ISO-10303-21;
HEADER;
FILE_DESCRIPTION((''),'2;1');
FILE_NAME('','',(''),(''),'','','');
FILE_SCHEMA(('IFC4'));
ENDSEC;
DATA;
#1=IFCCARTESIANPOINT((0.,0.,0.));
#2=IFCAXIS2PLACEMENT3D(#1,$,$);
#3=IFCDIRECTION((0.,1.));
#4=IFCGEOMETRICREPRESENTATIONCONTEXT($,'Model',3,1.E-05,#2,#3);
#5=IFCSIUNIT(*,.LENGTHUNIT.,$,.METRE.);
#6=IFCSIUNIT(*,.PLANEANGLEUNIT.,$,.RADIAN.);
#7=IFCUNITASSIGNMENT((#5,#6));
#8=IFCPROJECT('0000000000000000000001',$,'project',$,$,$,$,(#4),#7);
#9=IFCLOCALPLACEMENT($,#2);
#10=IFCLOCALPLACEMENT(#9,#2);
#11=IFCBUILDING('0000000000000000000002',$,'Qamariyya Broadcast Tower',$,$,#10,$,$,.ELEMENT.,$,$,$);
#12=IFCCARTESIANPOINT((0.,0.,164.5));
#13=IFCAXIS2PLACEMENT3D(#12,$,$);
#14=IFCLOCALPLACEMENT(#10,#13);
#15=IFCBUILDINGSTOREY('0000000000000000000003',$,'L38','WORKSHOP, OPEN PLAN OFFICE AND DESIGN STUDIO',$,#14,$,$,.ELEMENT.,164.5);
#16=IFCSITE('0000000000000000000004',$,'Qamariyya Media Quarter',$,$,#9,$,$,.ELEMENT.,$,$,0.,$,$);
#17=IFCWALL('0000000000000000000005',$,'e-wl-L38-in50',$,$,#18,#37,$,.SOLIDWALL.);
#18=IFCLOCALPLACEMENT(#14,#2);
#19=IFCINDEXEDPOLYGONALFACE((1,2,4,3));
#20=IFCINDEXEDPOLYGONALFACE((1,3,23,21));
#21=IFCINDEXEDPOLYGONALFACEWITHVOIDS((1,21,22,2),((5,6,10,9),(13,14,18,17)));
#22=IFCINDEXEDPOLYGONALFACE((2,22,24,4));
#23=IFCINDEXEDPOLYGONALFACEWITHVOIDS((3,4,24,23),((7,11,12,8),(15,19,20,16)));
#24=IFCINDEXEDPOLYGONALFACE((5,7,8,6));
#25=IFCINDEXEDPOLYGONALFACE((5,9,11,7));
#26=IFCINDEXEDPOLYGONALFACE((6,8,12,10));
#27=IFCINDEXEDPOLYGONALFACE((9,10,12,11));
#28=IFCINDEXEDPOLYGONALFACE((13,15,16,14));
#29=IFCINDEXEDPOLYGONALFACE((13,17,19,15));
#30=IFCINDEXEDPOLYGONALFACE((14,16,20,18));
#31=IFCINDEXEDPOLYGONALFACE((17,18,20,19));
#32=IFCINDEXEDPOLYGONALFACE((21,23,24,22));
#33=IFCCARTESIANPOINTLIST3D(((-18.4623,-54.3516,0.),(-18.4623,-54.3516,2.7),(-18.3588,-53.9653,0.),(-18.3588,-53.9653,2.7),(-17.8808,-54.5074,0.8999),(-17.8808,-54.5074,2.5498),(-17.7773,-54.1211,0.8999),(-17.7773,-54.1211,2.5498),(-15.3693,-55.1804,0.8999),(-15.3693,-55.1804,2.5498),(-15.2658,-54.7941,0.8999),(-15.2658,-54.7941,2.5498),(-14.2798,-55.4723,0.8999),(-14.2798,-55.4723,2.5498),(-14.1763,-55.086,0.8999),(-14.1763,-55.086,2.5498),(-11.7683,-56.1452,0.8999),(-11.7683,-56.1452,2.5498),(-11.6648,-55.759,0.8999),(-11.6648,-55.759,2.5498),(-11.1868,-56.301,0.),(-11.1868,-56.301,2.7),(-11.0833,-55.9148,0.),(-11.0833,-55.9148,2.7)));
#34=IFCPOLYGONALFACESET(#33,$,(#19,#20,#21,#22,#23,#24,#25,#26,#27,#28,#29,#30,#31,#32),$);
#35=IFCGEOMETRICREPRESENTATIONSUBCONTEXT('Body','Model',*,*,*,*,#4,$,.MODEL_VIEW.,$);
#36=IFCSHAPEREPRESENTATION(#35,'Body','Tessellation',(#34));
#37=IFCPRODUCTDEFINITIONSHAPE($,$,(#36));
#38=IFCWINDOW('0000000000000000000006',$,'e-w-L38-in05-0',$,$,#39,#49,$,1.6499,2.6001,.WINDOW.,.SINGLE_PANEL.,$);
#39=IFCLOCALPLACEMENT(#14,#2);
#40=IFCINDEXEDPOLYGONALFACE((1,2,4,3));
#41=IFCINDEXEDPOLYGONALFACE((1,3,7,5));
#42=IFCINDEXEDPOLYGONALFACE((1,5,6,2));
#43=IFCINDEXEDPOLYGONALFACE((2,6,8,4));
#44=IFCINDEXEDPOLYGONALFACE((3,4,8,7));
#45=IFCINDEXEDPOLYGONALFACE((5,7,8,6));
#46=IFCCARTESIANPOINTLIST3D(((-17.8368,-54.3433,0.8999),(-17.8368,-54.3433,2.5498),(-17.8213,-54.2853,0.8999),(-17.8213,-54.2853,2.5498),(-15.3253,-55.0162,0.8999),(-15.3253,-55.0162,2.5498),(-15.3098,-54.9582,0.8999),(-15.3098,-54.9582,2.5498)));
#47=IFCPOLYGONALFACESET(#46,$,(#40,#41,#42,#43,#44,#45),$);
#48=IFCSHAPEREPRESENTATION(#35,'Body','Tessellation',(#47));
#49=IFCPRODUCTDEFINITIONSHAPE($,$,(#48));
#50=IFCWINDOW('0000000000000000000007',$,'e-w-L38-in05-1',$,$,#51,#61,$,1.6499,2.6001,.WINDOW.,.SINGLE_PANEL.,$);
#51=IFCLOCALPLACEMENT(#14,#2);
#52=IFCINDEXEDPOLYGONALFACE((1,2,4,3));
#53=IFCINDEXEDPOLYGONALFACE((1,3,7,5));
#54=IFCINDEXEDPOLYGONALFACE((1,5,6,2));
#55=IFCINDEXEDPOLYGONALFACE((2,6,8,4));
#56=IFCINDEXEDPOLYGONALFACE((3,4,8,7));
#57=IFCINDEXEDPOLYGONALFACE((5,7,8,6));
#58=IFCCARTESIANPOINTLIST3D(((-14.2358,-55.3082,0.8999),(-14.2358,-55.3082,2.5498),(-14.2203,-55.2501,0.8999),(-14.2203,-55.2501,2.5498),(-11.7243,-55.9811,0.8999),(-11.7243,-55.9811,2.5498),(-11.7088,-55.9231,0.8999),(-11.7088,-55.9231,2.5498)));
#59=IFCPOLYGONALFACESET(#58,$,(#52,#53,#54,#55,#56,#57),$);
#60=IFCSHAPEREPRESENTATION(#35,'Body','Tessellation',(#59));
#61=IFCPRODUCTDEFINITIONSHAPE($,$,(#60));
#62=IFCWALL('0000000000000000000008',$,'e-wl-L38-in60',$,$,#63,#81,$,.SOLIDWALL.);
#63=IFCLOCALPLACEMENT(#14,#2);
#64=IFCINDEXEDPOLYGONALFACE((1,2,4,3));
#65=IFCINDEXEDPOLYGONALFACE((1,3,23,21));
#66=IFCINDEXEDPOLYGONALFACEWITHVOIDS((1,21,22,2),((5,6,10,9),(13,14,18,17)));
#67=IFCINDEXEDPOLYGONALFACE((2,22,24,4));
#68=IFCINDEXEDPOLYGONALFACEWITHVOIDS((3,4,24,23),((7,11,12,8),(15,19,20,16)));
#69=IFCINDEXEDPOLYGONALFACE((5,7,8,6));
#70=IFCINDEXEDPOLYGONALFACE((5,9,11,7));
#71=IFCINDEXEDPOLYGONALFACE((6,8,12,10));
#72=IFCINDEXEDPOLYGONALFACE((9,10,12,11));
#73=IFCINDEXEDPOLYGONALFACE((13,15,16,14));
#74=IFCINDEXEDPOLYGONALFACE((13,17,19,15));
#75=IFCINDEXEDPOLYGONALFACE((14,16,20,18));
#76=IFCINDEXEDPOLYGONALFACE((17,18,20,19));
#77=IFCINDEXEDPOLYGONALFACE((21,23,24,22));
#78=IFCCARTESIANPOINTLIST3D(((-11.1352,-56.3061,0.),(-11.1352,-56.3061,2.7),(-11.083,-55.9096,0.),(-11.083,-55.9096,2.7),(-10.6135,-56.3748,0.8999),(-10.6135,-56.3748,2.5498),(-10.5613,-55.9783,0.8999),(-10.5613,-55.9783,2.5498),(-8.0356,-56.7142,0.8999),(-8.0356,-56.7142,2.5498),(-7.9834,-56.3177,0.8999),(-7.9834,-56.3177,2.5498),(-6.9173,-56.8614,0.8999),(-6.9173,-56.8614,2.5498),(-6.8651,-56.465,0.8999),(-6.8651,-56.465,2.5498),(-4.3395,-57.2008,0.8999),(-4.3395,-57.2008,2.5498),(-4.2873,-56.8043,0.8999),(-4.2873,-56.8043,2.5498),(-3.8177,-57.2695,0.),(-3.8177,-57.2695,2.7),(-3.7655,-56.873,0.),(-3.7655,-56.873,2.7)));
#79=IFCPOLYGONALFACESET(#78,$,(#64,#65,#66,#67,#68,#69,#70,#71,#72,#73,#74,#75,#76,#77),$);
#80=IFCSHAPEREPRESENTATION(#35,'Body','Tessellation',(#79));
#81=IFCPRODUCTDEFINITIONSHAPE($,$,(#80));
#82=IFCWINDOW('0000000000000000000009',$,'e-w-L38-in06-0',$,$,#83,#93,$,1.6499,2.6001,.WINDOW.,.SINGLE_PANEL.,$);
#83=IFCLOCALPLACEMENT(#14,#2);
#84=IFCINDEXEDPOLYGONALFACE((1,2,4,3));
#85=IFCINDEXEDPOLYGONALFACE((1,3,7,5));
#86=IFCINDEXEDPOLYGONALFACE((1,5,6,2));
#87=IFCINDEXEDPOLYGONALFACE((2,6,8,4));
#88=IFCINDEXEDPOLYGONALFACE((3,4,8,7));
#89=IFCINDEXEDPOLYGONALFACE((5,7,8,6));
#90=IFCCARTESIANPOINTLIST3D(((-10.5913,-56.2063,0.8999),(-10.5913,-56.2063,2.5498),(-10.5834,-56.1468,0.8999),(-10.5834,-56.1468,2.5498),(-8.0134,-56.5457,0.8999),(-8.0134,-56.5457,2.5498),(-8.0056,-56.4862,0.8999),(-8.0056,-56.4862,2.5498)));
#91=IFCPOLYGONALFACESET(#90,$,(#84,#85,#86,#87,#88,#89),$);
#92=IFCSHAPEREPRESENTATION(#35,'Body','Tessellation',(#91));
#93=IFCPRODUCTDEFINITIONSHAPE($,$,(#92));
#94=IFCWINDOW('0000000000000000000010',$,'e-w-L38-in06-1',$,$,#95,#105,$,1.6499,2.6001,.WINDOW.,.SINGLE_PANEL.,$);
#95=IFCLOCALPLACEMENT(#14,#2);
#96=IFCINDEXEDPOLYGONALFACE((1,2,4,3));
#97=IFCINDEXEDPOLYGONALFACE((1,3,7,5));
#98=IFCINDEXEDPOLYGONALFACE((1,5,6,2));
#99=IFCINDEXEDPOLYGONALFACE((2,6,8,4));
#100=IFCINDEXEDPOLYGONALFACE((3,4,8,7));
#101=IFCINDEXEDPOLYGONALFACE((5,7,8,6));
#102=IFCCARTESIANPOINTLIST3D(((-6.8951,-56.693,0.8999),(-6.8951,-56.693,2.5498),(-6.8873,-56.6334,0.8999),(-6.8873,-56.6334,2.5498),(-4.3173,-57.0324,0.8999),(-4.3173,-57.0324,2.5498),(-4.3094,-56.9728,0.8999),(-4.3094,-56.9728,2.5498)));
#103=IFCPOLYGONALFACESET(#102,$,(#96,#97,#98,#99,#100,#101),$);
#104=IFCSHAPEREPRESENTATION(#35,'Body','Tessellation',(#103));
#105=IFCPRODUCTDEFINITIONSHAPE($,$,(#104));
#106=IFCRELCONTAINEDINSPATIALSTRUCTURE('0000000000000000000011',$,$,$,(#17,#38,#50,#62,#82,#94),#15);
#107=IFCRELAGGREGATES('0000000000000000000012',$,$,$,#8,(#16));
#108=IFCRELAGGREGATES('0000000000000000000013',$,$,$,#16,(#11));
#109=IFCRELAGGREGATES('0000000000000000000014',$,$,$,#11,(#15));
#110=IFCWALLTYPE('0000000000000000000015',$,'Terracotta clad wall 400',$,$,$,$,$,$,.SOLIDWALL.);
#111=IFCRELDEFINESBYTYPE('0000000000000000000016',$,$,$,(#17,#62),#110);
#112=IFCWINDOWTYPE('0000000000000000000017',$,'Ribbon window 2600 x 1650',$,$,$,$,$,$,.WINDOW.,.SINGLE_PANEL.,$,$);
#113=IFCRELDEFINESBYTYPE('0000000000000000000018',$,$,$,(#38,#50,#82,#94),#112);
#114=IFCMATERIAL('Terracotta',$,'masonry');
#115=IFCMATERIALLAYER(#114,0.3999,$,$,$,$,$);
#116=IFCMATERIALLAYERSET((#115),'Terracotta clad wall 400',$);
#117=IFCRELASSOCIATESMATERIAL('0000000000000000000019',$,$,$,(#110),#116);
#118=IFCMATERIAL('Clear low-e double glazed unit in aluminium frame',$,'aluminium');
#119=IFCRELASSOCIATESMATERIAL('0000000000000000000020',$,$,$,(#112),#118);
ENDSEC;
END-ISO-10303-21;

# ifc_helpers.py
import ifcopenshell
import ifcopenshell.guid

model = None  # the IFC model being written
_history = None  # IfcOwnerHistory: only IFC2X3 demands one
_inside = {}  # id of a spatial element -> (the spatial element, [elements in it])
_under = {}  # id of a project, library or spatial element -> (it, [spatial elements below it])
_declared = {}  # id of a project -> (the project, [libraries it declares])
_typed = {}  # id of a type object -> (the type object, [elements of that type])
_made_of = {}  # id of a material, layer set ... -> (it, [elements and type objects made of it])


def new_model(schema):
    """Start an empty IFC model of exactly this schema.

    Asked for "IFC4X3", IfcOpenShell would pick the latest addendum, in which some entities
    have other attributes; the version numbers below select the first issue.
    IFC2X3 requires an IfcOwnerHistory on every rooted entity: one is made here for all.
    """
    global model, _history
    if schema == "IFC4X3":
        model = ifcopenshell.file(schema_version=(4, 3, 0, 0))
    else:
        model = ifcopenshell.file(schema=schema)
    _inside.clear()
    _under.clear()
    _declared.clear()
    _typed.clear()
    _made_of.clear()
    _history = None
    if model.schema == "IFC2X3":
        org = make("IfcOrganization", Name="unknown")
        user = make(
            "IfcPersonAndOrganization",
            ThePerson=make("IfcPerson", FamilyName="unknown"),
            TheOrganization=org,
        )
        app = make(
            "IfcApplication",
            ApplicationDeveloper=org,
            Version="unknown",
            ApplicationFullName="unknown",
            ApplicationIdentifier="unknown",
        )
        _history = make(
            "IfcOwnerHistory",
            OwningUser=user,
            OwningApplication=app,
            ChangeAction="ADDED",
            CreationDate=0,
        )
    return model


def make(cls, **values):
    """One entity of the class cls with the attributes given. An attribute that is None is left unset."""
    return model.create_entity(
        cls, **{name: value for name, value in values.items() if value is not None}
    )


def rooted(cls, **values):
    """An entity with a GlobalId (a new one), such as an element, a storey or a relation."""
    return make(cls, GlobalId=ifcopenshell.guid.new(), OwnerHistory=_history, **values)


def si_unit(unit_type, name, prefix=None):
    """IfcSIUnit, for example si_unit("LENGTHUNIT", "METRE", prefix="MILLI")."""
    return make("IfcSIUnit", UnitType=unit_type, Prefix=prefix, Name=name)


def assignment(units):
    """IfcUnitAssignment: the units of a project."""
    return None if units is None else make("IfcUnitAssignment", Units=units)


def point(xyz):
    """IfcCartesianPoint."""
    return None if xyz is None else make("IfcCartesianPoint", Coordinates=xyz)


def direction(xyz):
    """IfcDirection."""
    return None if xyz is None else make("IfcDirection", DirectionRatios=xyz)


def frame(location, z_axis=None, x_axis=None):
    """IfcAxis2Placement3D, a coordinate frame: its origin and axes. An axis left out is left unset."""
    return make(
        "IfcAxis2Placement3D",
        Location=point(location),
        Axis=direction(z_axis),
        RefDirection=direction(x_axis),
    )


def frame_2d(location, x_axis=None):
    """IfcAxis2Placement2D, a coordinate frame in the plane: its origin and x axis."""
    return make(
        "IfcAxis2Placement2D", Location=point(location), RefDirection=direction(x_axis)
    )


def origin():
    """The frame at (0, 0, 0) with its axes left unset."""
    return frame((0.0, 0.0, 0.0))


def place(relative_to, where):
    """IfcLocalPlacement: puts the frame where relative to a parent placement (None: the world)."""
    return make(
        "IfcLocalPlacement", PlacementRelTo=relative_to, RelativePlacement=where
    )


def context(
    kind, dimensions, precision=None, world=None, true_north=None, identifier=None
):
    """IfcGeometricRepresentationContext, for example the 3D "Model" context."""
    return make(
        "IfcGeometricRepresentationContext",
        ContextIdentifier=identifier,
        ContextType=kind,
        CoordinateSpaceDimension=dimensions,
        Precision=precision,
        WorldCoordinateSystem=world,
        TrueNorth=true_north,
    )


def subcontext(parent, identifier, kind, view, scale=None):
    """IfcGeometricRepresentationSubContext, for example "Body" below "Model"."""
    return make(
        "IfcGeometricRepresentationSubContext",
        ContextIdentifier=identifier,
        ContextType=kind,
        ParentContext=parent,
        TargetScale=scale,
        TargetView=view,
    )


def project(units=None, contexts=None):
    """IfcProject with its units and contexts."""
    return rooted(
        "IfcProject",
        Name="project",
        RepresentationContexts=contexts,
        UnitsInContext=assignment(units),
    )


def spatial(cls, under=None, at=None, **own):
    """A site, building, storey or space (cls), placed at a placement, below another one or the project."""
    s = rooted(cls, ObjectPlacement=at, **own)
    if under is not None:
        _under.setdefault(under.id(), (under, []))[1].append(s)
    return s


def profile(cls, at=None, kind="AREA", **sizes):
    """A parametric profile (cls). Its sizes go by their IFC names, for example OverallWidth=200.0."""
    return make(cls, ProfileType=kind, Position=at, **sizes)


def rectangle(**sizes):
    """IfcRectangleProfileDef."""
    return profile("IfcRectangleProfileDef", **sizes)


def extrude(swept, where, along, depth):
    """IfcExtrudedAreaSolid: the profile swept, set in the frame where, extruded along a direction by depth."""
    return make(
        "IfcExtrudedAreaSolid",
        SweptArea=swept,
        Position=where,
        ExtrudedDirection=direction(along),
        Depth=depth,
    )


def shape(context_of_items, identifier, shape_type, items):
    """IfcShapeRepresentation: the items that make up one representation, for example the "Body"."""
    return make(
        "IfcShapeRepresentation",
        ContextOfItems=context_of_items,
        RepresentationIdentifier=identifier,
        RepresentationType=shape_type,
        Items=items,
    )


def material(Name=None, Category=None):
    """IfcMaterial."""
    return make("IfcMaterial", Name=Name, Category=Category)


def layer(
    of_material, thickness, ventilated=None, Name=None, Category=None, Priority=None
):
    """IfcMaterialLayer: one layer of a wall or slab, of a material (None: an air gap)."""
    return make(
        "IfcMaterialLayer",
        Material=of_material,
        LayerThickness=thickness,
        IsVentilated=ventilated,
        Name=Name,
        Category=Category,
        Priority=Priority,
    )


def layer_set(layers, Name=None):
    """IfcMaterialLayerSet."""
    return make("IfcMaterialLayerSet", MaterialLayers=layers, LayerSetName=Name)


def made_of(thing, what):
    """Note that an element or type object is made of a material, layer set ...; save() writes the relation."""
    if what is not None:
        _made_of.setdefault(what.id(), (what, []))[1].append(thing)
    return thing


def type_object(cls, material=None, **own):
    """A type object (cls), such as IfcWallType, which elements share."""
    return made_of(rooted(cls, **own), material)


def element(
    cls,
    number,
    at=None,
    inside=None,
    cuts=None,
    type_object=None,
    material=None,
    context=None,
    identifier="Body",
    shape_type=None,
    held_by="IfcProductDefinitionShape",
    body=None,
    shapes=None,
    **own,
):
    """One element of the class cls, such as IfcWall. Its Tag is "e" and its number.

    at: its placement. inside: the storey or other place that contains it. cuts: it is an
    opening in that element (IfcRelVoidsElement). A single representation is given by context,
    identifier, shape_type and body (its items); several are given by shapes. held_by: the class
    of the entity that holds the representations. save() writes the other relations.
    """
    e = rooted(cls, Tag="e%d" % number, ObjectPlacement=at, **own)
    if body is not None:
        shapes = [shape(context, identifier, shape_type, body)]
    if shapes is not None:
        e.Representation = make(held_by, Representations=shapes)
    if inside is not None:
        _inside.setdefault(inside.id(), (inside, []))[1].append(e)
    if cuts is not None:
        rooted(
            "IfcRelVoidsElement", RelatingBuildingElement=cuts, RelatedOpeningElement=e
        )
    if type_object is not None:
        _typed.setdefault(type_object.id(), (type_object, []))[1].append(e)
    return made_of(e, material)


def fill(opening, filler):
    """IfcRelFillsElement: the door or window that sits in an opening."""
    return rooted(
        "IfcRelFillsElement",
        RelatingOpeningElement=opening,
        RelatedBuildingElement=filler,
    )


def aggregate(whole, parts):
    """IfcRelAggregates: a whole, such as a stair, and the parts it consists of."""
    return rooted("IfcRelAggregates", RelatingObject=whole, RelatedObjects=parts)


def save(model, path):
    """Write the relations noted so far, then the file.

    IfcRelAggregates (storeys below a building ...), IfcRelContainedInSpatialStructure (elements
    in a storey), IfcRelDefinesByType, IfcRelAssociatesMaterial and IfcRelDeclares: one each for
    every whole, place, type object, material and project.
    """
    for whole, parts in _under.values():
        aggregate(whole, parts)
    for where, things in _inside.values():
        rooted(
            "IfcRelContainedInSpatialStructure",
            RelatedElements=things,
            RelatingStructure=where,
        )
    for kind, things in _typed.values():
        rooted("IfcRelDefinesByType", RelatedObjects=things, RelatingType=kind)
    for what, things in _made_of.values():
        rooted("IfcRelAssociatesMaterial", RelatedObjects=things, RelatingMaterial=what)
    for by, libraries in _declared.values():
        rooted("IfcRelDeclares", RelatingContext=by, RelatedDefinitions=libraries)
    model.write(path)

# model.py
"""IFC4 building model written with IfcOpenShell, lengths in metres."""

from ifc_helpers import new_model, si_unit, direction, frame, frame_2d, origin, place, context, subcontext, project, spatial, rectangle, extrude, material, layer, layer_set, type_object, element, fill, save


model = new_model("IFC4")

# Units and contexts
model_context = context("Model", 3, precision=1e-05, world=origin(), true_north=direction((0.0, 1.0)))
body_context = subcontext(model_context, "Body", "Model", "MODEL_VIEW")
ifc_project = project(units=[si_unit("LENGTHUNIT", "METRE"), si_unit("PLANEANGLEUNIT", "RADIAN")], contexts=[model_context])

# Site, building, storey
site_placement = place(None, origin())
site = spatial("IfcSite", under=ifc_project, at=site_placement, Name="Qamariyya Media Quarter", CompositionType="ELEMENT", RefElevation=0.0)
building_placement = place(site_placement, origin())
building = spatial("IfcBuilding", under=site, at=building_placement, Name="Qamariyya Broadcast Tower", CompositionType="ELEMENT")
storey_placement = place(building_placement, frame((0.0, 0.0, 164.5)))
storey = spatial("IfcBuildingStorey", under=building, at=storey_placement, Name="L38", Description="WORKSHOP, OPEN PLAN OFFICE AND DESIGN STUDIO", CompositionType="ELEMENT", Elevation=164.5)

# Walls, openings, windows
ifc_material_1 = material(Name="Terracotta", Category="masonry")
ifc_layer_1 = layer(ifc_material_1, 0.3999)
ifc_layer_set_1 = layer_set([ifc_layer_1], Name="Terracotta clad wall 400")
wall_type_1 = type_object("IfcWallType", Name="Terracotta clad wall 400", PredefinedType="SOLIDWALL", material=ifc_layer_set_1)
ifc_material_2 = material(Name="Clear low-e double glazed unit in aluminium frame", Category="aluminium")
window_type = type_object("IfcWindowType", Name="Ribbon window 2600 x 1650", PartitioningType="SINGLE_PANEL", PredefinedType="WINDOW", material=ifc_material_2)
wall_1_placement = place(storey_placement, frame((-11.135, -56.1079, 0.0), z_axis=(0.0, 0.0, 1.0), x_axis=(-0.965927, 0.258814, 0.0)))
wall_1 = element("IfcWall", 1, at=wall_1_placement, inside=storey, type_object=wall_type_1, Name="e-wl-L38-in50", PredefinedType="SOLIDWALL", context=body_context, shape_type="SweptSolid", body=[
    extrude(rectangle(XDim=7.5322, YDim=0.3999, at=frame_2d((3.7661, 0.0))), origin(), (0.0, 0.0, 1.0), 2.7),
])
opening_1_placement = place(wall_1_placement, frame((4.3301, 0.0, 0.8999)))
opening_1 = element("IfcOpeningElement", 2, at=opening_1_placement, cuts=wall_1, PredefinedType="OPENING", context=body_context, shape_type="SweptSolid", body=[
    extrude(rectangle(XDim=2.6001, YDim=1.6499, at=frame_2d((1.3, 0.825))), frame((0.0, 0.21, 0.0), z_axis=(0.0, -1.0, 0.0), x_axis=(1.0, 0.0, 0.0)), (0.0, 0.0, 1.0), 0.4199),
])
opening_2_placement = place(wall_1_placement, frame((0.6021, 0.0, 0.8999)))
opening_2 = element("IfcOpeningElement", 3, at=opening_2_placement, cuts=wall_1, PredefinedType="OPENING", context=body_context, shape_type="SweptSolid", body=[
    extrude(rectangle(XDim=2.6001, YDim=1.6499, at=frame_2d((1.3, 0.825))), frame((0.0, 0.21, 0.0), z_axis=(0.0, -1.0, 0.0), x_axis=(1.0, 0.0, 0.0)), (0.0, 0.0, 1.0), 0.4199),
])
window_1_placement = place(opening_1_placement, origin())
window_1 = element("IfcWindow", 4, at=window_1_placement, inside=storey, type_object=window_type, Name="e-w-L38-in05-0", OverallHeight=1.6499, OverallWidth=2.6001, PartitioningType="SINGLE_PANEL", PredefinedType="WINDOW", context=body_context, shape_type="SweptSolid", body=[
    extrude(rectangle(XDim=2.6001, YDim=1.6499, at=frame_2d((1.3, 0.825))), frame((0.0, 0.03, 0.0), z_axis=(0.0, -1.0, 0.0), x_axis=(1.0, 0.0, 0.0)), (0.0, 0.0, 1.0), 0.0601),
])
fill(opening_1, window_1)
window_2_placement = place(opening_2_placement, origin())
window_2 = element("IfcWindow", 5, at=window_2_placement, inside=storey, type_object=window_type, Name="e-w-L38-in05-1", OverallHeight=1.6499, OverallWidth=2.6001, PartitioningType="SINGLE_PANEL", PredefinedType="WINDOW", context=body_context, shape_type="SweptSolid", body=[
    extrude(rectangle(XDim=2.6001, YDim=1.6499, at=frame_2d((1.3, 0.825))), frame((0.0, 0.03, 0.0), z_axis=(0.0, -1.0, 0.0), x_axis=(1.0, 0.0, 0.0)), (0.0, 0.0, 1.0), 0.0601),
])
fill(opening_2, window_2)
wall_2_placement = place(storey_placement, frame((-3.7915, -57.0713, 0.0), z_axis=(0.0, 0.0, 1.0), x_axis=(-0.991444, 0.13053, 0.0)))
wall_2 = element("IfcWall", 6, at=wall_2_placement, inside=storey, type_object=wall_type_1, Name="e-wl-L38-in60", PredefinedType="SOLIDWALL", context=body_context, shape_type="SweptSolid", body=[
    extrude(rectangle(XDim=7.3806, YDim=0.3999, at=frame_2d((3.6904, 0.0))), origin(), (0.0, 0.0, 1.0), 2.7),
])
opening_3_placement = place(wall_2_placement, frame((4.2544, 0.0, 0.8999)))
opening_3 = element("IfcOpeningElement", 7, at=opening_3_placement, cuts=wall_2, PredefinedType="OPENING", context=body_context, shape_type="SweptSolid", body=[
    extrude(rectangle(XDim=2.6001, YDim=1.6499, at=frame_2d((1.3, 0.825))), frame((0.0, 0.21, 0.0), z_axis=(0.0, -1.0, 0.0), x_axis=(1.0, 0.0, 0.0)), (0.0, 0.0, 1.0), 0.4199),
])
opening_4_placement = place(wall_2_placement, frame((0.5264, 0.0, 0.8999)))
opening_4 = element("IfcOpeningElement", 8, at=opening_4_placement, cuts=wall_2, PredefinedType="OPENING", context=body_context, shape_type="SweptSolid", body=[
    extrude(rectangle(XDim=2.6001, YDim=1.6499, at=frame_2d((1.3, 0.825))), frame((0.0, 0.21, 0.0), z_axis=(0.0, -1.0, 0.0), x_axis=(1.0, 0.0, 0.0)), (0.0, 0.0, 1.0), 0.4199),
])
window_3_placement = place(opening_3_placement, origin())
window_3 = element("IfcWindow", 9, at=window_3_placement, inside=storey, type_object=window_type, Name="e-w-L38-in06-0", OverallHeight=1.6499, OverallWidth=2.6001, PartitioningType="SINGLE_PANEL", PredefinedType="WINDOW", context=body_context, shape_type="SweptSolid", body=[
    extrude(rectangle(XDim=2.6001, YDim=1.6499, at=frame_2d((1.3, 0.825))), frame((0.0, 0.03, 0.0), z_axis=(0.0, -1.0, 0.0), x_axis=(1.0, 0.0, 0.0)), (0.0, 0.0, 1.0), 0.0601),
])
fill(opening_3, window_3)
window_4_placement = place(opening_4_placement, origin())
window_4 = element("IfcWindow", 10, at=window_4_placement, inside=storey, type_object=window_type, Name="e-w-L38-in06-1", OverallHeight=1.6499, OverallWidth=2.6001, PartitioningType="SINGLE_PANEL", PredefinedType="WINDOW", context=body_context, shape_type="SweptSolid", body=[
    extrude(rectangle(XDim=2.6001, YDim=1.6499, at=frame_2d((1.3, 0.825))), frame((0.0, 0.03, 0.0), z_axis=(0.0, -1.0, 0.0), x_axis=(1.0, 0.0, 0.0)), (0.0, 0.0, 1.0), 0.0601),
])
fill(opening_4, window_4)

save(model, "model.ifc")
